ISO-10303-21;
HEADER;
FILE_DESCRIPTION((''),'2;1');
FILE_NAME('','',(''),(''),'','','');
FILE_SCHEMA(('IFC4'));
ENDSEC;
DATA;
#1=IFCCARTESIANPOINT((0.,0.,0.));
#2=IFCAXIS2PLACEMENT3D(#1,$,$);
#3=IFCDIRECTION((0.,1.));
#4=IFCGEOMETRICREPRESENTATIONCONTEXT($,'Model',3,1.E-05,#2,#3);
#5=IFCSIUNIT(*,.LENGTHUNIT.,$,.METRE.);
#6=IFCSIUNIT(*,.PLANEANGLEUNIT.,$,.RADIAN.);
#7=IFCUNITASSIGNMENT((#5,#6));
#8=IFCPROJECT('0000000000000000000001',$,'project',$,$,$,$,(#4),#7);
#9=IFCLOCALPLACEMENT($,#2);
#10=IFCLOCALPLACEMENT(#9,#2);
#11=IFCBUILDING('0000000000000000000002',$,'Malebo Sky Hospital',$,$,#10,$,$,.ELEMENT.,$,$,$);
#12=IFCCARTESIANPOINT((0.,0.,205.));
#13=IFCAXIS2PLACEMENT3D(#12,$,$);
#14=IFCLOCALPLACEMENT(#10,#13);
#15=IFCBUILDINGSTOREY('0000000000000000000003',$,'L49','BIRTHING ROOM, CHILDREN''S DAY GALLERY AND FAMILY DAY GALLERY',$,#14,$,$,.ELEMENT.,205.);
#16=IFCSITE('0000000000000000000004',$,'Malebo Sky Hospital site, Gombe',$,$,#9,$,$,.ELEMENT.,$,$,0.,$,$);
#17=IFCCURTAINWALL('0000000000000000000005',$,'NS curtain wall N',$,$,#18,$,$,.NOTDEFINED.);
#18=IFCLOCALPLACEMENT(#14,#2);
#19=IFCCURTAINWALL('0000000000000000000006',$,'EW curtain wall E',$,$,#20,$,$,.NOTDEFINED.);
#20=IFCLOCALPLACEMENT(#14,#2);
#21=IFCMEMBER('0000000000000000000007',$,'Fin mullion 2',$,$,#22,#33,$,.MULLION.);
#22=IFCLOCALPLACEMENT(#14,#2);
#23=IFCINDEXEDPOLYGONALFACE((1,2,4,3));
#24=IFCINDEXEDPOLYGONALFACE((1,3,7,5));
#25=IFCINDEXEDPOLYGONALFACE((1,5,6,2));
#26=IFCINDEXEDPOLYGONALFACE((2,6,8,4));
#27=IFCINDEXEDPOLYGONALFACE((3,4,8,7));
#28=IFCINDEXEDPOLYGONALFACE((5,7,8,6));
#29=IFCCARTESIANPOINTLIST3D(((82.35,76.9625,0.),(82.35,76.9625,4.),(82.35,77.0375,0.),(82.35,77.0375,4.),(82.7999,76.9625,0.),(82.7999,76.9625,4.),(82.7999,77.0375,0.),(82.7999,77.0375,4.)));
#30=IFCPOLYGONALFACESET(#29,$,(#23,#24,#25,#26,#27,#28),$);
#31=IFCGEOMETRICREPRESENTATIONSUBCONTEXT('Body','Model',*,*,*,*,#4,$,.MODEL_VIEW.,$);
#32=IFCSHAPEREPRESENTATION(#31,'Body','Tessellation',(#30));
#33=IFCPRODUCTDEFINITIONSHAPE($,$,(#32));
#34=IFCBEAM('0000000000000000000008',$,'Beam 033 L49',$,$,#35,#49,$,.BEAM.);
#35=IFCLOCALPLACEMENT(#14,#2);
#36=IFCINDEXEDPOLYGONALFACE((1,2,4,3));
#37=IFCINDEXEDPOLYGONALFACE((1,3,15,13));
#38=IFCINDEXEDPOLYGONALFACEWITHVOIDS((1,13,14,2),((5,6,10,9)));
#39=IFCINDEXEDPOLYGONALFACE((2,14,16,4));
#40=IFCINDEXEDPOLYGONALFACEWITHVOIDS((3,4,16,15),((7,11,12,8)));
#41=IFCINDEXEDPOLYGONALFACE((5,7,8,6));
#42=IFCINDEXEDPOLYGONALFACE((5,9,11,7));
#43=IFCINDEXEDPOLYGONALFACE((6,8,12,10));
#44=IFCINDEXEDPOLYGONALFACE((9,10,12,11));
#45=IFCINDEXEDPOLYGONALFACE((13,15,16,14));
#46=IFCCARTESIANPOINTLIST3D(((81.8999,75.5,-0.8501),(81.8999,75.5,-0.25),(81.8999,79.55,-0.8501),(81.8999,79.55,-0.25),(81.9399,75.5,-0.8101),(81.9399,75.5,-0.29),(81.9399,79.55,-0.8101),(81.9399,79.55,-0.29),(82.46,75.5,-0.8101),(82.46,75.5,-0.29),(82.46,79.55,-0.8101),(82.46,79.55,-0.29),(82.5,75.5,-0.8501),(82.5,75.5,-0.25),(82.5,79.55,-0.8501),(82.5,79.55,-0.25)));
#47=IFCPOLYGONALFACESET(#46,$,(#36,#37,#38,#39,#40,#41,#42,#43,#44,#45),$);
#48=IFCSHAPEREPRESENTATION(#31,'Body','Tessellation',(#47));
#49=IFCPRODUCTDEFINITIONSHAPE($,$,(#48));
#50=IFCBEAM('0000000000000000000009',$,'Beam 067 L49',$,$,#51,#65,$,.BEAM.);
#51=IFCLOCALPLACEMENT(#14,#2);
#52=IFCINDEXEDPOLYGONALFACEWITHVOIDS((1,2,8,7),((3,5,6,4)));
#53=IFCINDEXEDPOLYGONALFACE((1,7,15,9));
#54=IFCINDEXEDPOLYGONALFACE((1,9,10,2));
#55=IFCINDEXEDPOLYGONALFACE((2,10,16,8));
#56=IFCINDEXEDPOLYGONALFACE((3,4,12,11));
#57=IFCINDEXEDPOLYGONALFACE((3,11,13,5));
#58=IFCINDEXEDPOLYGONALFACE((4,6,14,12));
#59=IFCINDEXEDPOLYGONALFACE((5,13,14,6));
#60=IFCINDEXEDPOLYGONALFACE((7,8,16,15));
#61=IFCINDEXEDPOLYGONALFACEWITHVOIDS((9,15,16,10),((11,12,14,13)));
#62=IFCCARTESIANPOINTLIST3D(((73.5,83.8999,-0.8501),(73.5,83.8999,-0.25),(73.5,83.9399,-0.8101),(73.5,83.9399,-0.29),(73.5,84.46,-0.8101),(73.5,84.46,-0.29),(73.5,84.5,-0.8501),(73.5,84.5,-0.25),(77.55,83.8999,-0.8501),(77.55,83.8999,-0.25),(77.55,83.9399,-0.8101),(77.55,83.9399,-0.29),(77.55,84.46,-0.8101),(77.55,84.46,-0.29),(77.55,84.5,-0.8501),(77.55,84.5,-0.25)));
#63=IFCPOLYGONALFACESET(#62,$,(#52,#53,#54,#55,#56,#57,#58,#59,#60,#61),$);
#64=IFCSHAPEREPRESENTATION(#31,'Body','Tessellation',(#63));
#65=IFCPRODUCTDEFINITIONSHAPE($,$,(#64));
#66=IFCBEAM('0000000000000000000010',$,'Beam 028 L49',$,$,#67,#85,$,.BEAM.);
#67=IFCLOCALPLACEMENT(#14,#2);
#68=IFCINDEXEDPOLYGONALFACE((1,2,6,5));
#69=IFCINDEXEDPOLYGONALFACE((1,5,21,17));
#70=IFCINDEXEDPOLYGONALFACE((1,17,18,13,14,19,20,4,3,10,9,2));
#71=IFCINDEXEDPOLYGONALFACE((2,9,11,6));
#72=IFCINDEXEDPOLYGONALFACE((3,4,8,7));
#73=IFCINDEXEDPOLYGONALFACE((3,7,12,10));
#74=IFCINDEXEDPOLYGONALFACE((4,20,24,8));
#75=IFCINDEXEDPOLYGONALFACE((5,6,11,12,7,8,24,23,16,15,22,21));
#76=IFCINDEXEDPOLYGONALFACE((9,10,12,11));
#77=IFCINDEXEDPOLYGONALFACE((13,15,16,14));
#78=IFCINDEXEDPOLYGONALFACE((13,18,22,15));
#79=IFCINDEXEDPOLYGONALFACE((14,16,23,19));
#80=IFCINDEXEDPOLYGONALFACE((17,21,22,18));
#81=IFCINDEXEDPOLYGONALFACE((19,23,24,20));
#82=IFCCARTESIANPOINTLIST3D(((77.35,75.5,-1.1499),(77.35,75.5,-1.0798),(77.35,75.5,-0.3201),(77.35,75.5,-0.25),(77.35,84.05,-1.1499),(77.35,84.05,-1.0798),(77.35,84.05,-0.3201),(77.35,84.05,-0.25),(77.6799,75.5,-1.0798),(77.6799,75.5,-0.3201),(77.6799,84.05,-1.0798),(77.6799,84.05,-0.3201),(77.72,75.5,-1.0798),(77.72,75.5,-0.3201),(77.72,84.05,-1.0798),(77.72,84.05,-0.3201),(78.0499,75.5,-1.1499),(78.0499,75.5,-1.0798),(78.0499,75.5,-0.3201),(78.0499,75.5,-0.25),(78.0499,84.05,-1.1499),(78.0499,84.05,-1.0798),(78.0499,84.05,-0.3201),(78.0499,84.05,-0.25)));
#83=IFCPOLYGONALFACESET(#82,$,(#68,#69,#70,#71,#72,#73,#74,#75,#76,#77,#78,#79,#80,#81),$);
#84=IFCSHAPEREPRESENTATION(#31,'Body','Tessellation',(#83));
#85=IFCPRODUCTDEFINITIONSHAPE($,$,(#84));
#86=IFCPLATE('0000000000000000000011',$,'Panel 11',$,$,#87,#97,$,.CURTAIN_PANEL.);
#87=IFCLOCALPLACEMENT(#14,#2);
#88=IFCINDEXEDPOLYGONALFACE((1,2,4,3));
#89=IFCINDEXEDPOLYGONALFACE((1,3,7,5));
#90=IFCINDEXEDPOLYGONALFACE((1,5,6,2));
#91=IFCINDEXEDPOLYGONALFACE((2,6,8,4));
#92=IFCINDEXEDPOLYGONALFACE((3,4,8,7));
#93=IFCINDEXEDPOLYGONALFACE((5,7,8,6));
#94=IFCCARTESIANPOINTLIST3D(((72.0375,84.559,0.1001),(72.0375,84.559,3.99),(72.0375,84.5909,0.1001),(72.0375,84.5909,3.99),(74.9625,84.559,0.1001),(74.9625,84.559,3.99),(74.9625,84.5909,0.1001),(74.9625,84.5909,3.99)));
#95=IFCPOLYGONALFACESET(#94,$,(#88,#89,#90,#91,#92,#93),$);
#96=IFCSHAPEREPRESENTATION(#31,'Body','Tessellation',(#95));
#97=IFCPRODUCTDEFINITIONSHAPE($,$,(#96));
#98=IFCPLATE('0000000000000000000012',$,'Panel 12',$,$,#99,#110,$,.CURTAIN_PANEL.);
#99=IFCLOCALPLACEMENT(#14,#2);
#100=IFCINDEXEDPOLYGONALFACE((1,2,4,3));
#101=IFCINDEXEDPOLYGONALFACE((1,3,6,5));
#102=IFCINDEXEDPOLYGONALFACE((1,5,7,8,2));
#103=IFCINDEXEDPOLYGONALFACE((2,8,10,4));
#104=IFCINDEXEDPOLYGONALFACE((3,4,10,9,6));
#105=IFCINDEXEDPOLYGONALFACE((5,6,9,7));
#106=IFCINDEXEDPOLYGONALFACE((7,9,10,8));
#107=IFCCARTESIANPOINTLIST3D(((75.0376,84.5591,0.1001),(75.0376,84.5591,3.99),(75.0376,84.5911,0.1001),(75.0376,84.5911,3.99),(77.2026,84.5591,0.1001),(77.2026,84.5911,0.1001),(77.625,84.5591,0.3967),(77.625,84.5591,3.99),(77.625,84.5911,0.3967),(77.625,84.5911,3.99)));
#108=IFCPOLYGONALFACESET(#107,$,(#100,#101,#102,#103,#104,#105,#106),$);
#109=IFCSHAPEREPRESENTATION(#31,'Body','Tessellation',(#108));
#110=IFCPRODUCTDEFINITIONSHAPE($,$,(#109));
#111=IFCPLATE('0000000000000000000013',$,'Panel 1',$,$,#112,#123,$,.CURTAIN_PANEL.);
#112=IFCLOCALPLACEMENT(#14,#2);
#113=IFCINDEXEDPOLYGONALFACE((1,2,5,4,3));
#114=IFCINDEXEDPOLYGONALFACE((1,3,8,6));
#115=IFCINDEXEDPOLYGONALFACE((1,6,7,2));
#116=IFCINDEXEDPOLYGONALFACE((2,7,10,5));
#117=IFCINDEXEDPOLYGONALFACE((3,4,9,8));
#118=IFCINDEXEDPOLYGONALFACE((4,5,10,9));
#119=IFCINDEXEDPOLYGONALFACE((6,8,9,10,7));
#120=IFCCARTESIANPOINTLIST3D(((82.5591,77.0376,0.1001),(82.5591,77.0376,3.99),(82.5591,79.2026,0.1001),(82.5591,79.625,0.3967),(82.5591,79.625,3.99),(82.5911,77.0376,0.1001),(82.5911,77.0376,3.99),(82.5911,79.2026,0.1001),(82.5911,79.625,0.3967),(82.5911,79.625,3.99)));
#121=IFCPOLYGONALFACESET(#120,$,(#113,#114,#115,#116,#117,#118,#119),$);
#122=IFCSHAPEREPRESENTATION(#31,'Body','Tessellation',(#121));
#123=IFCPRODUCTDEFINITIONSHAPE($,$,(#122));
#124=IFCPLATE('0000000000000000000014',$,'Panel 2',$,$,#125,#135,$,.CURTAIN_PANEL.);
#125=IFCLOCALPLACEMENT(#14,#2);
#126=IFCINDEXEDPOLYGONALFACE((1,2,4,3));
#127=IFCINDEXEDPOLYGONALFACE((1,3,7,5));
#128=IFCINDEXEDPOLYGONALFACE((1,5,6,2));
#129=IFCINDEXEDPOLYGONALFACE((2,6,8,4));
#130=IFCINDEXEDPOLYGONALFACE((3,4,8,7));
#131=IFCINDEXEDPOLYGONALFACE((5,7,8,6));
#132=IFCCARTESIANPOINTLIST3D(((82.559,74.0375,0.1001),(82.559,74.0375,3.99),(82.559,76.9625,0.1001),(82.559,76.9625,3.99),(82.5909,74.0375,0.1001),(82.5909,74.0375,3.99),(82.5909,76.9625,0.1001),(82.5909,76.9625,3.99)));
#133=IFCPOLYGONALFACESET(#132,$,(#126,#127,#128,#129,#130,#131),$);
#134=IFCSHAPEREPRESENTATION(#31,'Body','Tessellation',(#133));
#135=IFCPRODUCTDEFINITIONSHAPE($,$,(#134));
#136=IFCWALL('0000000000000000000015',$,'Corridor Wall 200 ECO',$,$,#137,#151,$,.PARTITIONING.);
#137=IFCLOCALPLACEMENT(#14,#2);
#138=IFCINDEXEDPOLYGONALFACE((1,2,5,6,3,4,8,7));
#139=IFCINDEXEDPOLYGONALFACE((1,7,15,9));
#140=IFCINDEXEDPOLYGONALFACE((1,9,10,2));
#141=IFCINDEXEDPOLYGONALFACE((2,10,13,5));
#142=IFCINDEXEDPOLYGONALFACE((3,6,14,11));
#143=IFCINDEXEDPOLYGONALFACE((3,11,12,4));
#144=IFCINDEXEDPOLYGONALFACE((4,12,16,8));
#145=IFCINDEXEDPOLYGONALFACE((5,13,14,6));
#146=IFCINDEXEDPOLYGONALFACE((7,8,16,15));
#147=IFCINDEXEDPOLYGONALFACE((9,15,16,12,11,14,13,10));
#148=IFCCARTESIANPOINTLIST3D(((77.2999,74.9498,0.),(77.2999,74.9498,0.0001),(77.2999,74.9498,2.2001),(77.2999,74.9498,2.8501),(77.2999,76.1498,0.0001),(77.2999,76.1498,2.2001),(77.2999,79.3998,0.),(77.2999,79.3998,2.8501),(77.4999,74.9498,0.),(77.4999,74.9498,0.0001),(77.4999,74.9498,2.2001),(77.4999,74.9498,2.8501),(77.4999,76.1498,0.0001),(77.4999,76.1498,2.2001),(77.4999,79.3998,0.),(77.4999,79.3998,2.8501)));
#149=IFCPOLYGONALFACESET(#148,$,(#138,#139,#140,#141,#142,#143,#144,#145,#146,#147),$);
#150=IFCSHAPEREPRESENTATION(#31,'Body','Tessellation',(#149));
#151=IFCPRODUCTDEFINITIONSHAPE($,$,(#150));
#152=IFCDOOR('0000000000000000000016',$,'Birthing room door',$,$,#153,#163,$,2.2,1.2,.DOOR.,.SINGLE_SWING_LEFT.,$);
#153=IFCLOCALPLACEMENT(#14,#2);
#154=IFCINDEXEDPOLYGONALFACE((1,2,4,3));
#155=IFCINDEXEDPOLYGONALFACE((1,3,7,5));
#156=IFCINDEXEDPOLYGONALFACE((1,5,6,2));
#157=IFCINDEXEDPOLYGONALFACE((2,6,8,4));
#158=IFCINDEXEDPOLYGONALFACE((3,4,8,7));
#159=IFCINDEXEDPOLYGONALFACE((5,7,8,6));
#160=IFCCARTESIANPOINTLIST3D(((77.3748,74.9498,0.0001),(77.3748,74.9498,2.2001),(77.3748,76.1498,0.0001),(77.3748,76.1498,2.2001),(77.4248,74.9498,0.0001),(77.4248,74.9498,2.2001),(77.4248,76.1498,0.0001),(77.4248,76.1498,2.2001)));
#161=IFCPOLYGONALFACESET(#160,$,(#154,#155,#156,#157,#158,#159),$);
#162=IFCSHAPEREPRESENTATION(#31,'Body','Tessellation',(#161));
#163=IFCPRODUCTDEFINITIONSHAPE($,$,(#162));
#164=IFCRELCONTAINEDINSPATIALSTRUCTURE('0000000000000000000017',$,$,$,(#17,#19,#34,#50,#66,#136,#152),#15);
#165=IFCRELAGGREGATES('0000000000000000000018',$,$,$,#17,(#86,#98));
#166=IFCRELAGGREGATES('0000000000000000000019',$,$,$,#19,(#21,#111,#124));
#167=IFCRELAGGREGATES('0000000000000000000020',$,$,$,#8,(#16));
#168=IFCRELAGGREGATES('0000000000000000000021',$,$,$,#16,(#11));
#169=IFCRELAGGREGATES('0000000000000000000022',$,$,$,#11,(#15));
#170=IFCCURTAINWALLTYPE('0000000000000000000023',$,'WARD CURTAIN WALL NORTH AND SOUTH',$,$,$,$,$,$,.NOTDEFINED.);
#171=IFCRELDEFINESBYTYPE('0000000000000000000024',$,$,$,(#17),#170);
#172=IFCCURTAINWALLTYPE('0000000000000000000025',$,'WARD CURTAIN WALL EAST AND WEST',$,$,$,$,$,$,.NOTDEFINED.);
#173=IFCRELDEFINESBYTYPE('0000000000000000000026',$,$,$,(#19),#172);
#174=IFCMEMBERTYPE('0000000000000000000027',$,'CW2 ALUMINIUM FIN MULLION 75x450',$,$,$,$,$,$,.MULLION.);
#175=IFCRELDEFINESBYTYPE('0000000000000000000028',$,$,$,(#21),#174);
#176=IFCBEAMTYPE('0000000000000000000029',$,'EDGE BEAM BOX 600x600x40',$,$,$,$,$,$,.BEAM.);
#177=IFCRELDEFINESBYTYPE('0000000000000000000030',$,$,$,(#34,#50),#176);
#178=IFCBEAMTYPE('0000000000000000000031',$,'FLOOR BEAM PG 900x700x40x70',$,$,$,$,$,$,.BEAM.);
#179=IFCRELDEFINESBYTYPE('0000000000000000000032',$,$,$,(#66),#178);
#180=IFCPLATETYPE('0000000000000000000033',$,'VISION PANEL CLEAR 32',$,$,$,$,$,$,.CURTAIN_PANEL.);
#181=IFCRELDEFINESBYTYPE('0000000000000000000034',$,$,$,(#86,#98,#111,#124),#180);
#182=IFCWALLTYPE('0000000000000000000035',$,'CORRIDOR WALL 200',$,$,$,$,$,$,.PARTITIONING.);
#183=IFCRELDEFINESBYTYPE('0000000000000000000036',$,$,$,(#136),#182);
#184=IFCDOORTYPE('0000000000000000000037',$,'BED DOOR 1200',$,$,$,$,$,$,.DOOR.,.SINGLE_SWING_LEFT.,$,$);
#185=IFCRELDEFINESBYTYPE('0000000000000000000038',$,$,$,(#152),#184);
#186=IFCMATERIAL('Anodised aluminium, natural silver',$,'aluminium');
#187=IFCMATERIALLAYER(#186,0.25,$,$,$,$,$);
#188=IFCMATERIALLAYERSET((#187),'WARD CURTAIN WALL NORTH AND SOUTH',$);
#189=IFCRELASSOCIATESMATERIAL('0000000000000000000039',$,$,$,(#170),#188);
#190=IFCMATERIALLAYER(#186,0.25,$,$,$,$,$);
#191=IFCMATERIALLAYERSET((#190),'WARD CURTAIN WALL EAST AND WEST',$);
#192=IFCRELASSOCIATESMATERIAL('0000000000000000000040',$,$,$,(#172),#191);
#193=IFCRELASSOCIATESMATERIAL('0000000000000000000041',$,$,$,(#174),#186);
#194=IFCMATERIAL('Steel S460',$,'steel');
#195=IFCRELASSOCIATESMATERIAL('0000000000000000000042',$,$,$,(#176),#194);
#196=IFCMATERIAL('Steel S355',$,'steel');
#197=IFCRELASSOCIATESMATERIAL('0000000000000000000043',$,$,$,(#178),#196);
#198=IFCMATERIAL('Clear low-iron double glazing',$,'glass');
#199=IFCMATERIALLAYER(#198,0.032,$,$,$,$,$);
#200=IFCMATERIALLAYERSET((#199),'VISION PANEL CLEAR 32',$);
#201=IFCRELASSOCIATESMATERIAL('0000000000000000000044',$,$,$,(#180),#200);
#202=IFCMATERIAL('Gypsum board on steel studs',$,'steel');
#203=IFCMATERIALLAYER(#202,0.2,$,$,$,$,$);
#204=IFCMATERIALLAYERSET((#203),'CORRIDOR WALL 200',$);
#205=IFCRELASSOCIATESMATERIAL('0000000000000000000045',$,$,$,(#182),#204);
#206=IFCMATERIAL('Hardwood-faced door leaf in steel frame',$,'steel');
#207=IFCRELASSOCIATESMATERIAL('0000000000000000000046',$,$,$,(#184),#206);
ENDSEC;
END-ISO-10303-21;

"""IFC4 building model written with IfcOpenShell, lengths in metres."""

from ifc_helpers import new_model, si_unit, direction, frame, frame_2d, origin, origin_2d, place, context, subcontext, project, spatial, polyline, rectangle, hollow_rectangle, i_section, outline, extrude, material, layer, layer_set, material_profile, profile_set, type_object, element, fill, aggregate, save


model = new_model("IFC4")

# Units and contexts
model_context = context("Model", 3, precision=1e-05, world=origin(), true_north=direction((0.0, 1.0)))
body_context = subcontext(model_context, "Body", "Model", "MODEL_VIEW")
ifc_project = project(units=[si_unit("LENGTHUNIT", "METRE"), si_unit("PLANEANGLEUNIT", "RADIAN")], contexts=[model_context])

# Site, building, storey
site_placement = place(None, origin())
site = spatial("IfcSite", under=ifc_project, at=site_placement, Name="Malebo Sky Hospital site, Gombe", CompositionType="ELEMENT", RefElevation=0.0)
building_placement = place(site_placement, origin())
building = spatial("IfcBuilding", under=site, at=building_placement, Name="Malebo Sky Hospital", CompositionType="ELEMENT")
storey_placement = place(building_placement, frame((0.0, 0.0, 205.0)))
storey = spatial("IfcBuildingStorey", under=building, at=storey_placement, Name="L49", Description="BIRTHING ROOM, CHILDREN'S DAY GALLERY AND FAMILY DAY GALLERY", CompositionType="ELEMENT", Elevation=205.0)

# Shared definitions
ifc_material_1 = material(Name="Steel S460", Category="steel")

# Curtain wall
ifc_material_2 = material(Name="Anodised aluminium, natural silver", Category="aluminium")
ifc_layer_1 = layer(ifc_material_2, 0.25)
ifc_layer_set_1 = layer_set([ifc_layer_1], Name="WARD CURTAIN WALL NORTH AND SOUTH")
curtain_wall_type_1 = type_object("IfcCurtainWallType", Name="WARD CURTAIN WALL NORTH AND SOUTH", PredefinedType="NOTDEFINED", material=ifc_layer_set_1)
curtain_wall_1_placement = place(storey_placement, origin())
curtain_wall_1 = element("IfcCurtainWall", 1, at=curtain_wall_1_placement, inside=storey, type_object=curtain_wall_type_1, Name="NS curtain wall N", PredefinedType="NOTDEFINED")

# Curtain wall
ifc_layer_2 = layer(ifc_material_2, 0.25)
ifc_layer_set_2 = layer_set([ifc_layer_2], Name="WARD CURTAIN WALL EAST AND WEST")
curtain_wall_type_2 = type_object("IfcCurtainWallType", Name="WARD CURTAIN WALL EAST AND WEST", PredefinedType="NOTDEFINED", material=ifc_layer_set_2)
curtain_wall_2_placement = place(storey_placement, origin())
curtain_wall_2 = element("IfcCurtainWall", 2, at=curtain_wall_2_placement, inside=storey, type_object=curtain_wall_type_2, Name="EW curtain wall E", PredefinedType="NOTDEFINED")

# Shared definitions
ifc_material_3 = material(Name="Steel S355", Category="steel")

# Member
ifc_material_profile_1 = material_profile(ifc_material_2, rectangle(XDim=0.075, YDim=0.45, at=origin_2d()), Name="CW2 ALUMINIUM FIN MULLION 75x450")
ifc_profile_set_1 = profile_set([ifc_material_profile_1], Name="Anodised aluminium, natural silver")
member_type_1 = type_object("IfcMemberType", Name="CW2 ALUMINIUM FIN MULLION 75x450", PredefinedType="MULLION", material=ifc_profile_set_1)
member_1_placement = place(storey_placement, frame((82.575, 77.0, 0.0), z_axis=(0.0, 0.0, 1.0), x_axis=(0.0, -1.0, 0.0)))
member_1 = element("IfcMember", 3, at=member_1_placement, type_object=member_type_1, Name="Fin mullion 2", PredefinedType="MULLION", context=body_context, shape_type="SweptSolid", body=[
    extrude(rectangle(XDim=0.075, YDim=0.45, at=origin_2d()), origin(), (0.0, 0.0, 1.0), 4.0),
])

# Beams
ifc_material_profile_2 = material_profile(ifc_material_1, hollow_rectangle(XDim=0.6001, YDim=0.6001, WallThickness=0.04, at=origin_2d()), Name="BOX 600x600x40")
ifc_profile_set_2 = profile_set([ifc_material_profile_2], Name="Steel S460")
beam_type_1 = type_object("IfcBeamType", Name="EDGE BEAM BOX 600x600x40", PredefinedType="BEAM", material=ifc_profile_set_2)
for number, where, z_axis, x_axis, name in (
    (4, (82.2, 75.5, -0.55), (0.0, 1.0, 0.0), (-1.0, 0.0, 0.0), "Beam 033 L49"),
    (5, (73.5, 84.2, -0.55), (1.0, 0.0, 0.0), (0.0, 1.0, 0.0), "Beam 067 L49"),
):
    element("IfcBeam", number, at=place(storey_placement, frame(where, z_axis=z_axis, x_axis=x_axis)), inside=storey, type_object=beam_type_1, Name=name, PredefinedType="BEAM", context=body_context, shape_type="SweptSolid", body=[
        extrude(hollow_rectangle(XDim=0.6001, YDim=0.6001, WallThickness=0.04, at=origin_2d()), origin(), (0.0, 0.0, 1.0), 4.05),
    ])
ifc_material_profile_3 = material_profile(ifc_material_3, i_section(OverallWidth=0.7, OverallDepth=0.8999, WebThickness=0.04, FlangeThickness=0.0701, at=origin_2d()), Name="PG 900x700x40x70")
ifc_profile_set_3 = profile_set([ifc_material_profile_3], Name="Steel S355")
beam_type_2 = type_object("IfcBeamType", Name="FLOOR BEAM PG 900x700x40x70", PredefinedType="BEAM", material=ifc_profile_set_3)
beam_placement = place(storey_placement, frame((77.7, 75.5, -0.7), z_axis=(0.0, 1.0, 0.0), x_axis=(-1.0, 0.0, 0.0)))
element("IfcBeam", 6, at=beam_placement, inside=storey, type_object=beam_type_2, Name="Beam 028 L49", PredefinedType="BEAM", context=body_context, shape_type="SweptSolid", body=[
    extrude(i_section(OverallWidth=0.7, OverallDepth=0.8999, WebThickness=0.04, FlangeThickness=0.0701, at=origin_2d()), origin(), (0.0, 0.0, 1.0), 8.55),
])

# Plates
ifc_material_4 = material(Name="Clear low-iron double glazing", Category="glass")
ifc_layer_3 = layer(ifc_material_4, 0.032)
ifc_layer_set_3 = layer_set([ifc_layer_3], Name="VISION PANEL CLEAR 32")
plate_type = type_object("IfcPlateType", Name="VISION PANEL CLEAR 32", PredefinedType="CURTAIN_PANEL", material=ifc_layer_set_3)
plate_1_placement = place(storey_placement, frame((73.5, 84.575, 0.1001), z_axis=(0.0, 0.0, 1.0), x_axis=(1.0, 0.0, 0.0)))
plate_1 = element("IfcPlate", 7, at=plate_1_placement, type_object=plate_type, Name="Panel 11", PredefinedType="CURTAIN_PANEL", context=body_context, shape_type="SweptSolid", body=[
    extrude(rectangle(XDim=2.925, YDim=0.032, at=origin_2d()), origin(), (0.0, 0.0, 1.0), 3.8899),
])
plate_2_placement = place(storey_placement, frame((76.3313, 84.575, 0.1001), z_axis=(0.0, 0.0, 1.0), x_axis=(1.0, 0.0, 0.0)))
plate_2 = element("IfcPlate", 8, at=plate_2_placement, type_object=plate_type, Name="Panel 12", PredefinedType="CURTAIN_PANEL", context=body_context, shape_type="SweptSolid", body=[
    extrude(outline(polyline([(-1.2937, 0.0), (0.8713, 0.0), (1.2937, 0.2966), (1.2937, 3.8899), (-1.2937, 3.8899), (-1.2937, 0.0)])), frame((0.0, 0.0161, 0.0), z_axis=(0.0, -1.0, 0.0), x_axis=(1.0, 0.0, 0.0)), (0.0, 0.0, 1.0), 0.032),
])
aggregate(curtain_wall_1, [plate_1, plate_2])
plate_3_placement = place(storey_placement, frame((82.575, 78.3313, 0.1001), z_axis=(0.0, 0.0, 1.0), x_axis=(0.0, -1.0, 0.0)))
plate_3 = element("IfcPlate", 9, at=plate_3_placement, type_object=plate_type, Name="Panel 1", PredefinedType="CURTAIN_PANEL", context=body_context, shape_type="SweptSolid", body=[
    extrude(outline(polyline([(-0.8713, 0.0), (1.2937, 0.0), (1.2937, 3.8899), (-1.2937, 3.8899), (-1.2937, 0.2966), (-0.8713, 0.0)])), frame((0.0, 0.0161, 0.0), z_axis=(0.0, -1.0, 0.0), x_axis=(1.0, 0.0, 0.0)), (0.0, 0.0, 1.0), 0.032),
])
plate_4_placement = place(storey_placement, frame((82.575, 75.5, 0.1001), z_axis=(0.0, 0.0, 1.0), x_axis=(0.0, -1.0, 0.0)))
plate_4 = element("IfcPlate", 10, at=plate_4_placement, type_object=plate_type, Name="Panel 2", PredefinedType="CURTAIN_PANEL", context=body_context, shape_type="SweptSolid", body=[
    extrude(rectangle(XDim=2.925, YDim=0.032, at=origin_2d()), origin(), (0.0, 0.0, 1.0), 3.8899),
])
aggregate(curtain_wall_2, [member_1, plate_3, plate_4])

# Wall, opening, door
ifc_material_5 = material(Name="Gypsum board on steel studs", Category="steel")
ifc_layer_4 = layer(ifc_material_5, 0.2)
ifc_layer_set_4 = layer_set([ifc_layer_4], Name="CORRIDOR WALL 200")
wall_type_1 = type_object("IfcWallType", Name="CORRIDOR WALL 200", PredefinedType="PARTITIONING", material=ifc_layer_set_4)
wall_1_placement = place(storey_placement, frame((77.3999, 79.3999, 0.0), z_axis=(0.0, 0.0, 1.0), x_axis=(0.0, -1.0, 0.0)))
wall_1 = element("IfcWall", 11, at=wall_1_placement, inside=storey, type_object=wall_type_1, Name="Corridor Wall 200 ECO", PredefinedType="PARTITIONING", context=body_context, shape_type="SweptSolid", body=[
    extrude(rectangle(XDim=4.45, YDim=0.2, at=frame_2d((2.2251, 0.0))), origin(), (0.0, 0.0, 1.0), 2.8501),
])
opening_1_placement = place(wall_1_placement, frame((3.25, 0.0, 0.0)))
opening_1 = element("IfcOpeningElement", 12, at=opening_1_placement, cuts=wall_1, PredefinedType="OPENING", context=body_context, shape_type="SweptSolid", body=[
    extrude(rectangle(XDim=1.2, YDim=2.2, at=frame_2d((0.6001, 1.1001))), frame((0.0, 0.1099, 0.0), z_axis=(0.0, -1.0, 0.0), x_axis=(1.0, 0.0, 0.0)), (0.0, 0.0, 1.0), 0.22),
])
ifc_material_6 = material(Name="Hardwood-faced door leaf in steel frame", Category="steel")
door_type_1 = type_object("IfcDoorType", Name="BED DOOR 1200", OperationType="SINGLE_SWING_LEFT", PredefinedType="DOOR", material=ifc_material_6)
door_1_placement = place(opening_1_placement, origin())
door_1 = element("IfcDoor", 13, at=door_1_placement, inside=storey, type_object=door_type_1, Name="Birthing room door", OperationType="SINGLE_SWING_LEFT", OverallHeight=2.2, OverallWidth=1.2, PredefinedType="DOOR", context=body_context, shape_type="SweptSolid", body=[
    extrude(rectangle(XDim=1.2, YDim=2.2, at=frame_2d((0.6001, 1.1001))), frame((0.0, 0.0249, 0.0), z_axis=(0.0, -1.0, 0.0), x_axis=(1.0, 0.0, 0.0)), (0.0, 0.0, 1.0), 0.05),
])
fill(opening_1, door_1)

save(model, "model.ifc")
